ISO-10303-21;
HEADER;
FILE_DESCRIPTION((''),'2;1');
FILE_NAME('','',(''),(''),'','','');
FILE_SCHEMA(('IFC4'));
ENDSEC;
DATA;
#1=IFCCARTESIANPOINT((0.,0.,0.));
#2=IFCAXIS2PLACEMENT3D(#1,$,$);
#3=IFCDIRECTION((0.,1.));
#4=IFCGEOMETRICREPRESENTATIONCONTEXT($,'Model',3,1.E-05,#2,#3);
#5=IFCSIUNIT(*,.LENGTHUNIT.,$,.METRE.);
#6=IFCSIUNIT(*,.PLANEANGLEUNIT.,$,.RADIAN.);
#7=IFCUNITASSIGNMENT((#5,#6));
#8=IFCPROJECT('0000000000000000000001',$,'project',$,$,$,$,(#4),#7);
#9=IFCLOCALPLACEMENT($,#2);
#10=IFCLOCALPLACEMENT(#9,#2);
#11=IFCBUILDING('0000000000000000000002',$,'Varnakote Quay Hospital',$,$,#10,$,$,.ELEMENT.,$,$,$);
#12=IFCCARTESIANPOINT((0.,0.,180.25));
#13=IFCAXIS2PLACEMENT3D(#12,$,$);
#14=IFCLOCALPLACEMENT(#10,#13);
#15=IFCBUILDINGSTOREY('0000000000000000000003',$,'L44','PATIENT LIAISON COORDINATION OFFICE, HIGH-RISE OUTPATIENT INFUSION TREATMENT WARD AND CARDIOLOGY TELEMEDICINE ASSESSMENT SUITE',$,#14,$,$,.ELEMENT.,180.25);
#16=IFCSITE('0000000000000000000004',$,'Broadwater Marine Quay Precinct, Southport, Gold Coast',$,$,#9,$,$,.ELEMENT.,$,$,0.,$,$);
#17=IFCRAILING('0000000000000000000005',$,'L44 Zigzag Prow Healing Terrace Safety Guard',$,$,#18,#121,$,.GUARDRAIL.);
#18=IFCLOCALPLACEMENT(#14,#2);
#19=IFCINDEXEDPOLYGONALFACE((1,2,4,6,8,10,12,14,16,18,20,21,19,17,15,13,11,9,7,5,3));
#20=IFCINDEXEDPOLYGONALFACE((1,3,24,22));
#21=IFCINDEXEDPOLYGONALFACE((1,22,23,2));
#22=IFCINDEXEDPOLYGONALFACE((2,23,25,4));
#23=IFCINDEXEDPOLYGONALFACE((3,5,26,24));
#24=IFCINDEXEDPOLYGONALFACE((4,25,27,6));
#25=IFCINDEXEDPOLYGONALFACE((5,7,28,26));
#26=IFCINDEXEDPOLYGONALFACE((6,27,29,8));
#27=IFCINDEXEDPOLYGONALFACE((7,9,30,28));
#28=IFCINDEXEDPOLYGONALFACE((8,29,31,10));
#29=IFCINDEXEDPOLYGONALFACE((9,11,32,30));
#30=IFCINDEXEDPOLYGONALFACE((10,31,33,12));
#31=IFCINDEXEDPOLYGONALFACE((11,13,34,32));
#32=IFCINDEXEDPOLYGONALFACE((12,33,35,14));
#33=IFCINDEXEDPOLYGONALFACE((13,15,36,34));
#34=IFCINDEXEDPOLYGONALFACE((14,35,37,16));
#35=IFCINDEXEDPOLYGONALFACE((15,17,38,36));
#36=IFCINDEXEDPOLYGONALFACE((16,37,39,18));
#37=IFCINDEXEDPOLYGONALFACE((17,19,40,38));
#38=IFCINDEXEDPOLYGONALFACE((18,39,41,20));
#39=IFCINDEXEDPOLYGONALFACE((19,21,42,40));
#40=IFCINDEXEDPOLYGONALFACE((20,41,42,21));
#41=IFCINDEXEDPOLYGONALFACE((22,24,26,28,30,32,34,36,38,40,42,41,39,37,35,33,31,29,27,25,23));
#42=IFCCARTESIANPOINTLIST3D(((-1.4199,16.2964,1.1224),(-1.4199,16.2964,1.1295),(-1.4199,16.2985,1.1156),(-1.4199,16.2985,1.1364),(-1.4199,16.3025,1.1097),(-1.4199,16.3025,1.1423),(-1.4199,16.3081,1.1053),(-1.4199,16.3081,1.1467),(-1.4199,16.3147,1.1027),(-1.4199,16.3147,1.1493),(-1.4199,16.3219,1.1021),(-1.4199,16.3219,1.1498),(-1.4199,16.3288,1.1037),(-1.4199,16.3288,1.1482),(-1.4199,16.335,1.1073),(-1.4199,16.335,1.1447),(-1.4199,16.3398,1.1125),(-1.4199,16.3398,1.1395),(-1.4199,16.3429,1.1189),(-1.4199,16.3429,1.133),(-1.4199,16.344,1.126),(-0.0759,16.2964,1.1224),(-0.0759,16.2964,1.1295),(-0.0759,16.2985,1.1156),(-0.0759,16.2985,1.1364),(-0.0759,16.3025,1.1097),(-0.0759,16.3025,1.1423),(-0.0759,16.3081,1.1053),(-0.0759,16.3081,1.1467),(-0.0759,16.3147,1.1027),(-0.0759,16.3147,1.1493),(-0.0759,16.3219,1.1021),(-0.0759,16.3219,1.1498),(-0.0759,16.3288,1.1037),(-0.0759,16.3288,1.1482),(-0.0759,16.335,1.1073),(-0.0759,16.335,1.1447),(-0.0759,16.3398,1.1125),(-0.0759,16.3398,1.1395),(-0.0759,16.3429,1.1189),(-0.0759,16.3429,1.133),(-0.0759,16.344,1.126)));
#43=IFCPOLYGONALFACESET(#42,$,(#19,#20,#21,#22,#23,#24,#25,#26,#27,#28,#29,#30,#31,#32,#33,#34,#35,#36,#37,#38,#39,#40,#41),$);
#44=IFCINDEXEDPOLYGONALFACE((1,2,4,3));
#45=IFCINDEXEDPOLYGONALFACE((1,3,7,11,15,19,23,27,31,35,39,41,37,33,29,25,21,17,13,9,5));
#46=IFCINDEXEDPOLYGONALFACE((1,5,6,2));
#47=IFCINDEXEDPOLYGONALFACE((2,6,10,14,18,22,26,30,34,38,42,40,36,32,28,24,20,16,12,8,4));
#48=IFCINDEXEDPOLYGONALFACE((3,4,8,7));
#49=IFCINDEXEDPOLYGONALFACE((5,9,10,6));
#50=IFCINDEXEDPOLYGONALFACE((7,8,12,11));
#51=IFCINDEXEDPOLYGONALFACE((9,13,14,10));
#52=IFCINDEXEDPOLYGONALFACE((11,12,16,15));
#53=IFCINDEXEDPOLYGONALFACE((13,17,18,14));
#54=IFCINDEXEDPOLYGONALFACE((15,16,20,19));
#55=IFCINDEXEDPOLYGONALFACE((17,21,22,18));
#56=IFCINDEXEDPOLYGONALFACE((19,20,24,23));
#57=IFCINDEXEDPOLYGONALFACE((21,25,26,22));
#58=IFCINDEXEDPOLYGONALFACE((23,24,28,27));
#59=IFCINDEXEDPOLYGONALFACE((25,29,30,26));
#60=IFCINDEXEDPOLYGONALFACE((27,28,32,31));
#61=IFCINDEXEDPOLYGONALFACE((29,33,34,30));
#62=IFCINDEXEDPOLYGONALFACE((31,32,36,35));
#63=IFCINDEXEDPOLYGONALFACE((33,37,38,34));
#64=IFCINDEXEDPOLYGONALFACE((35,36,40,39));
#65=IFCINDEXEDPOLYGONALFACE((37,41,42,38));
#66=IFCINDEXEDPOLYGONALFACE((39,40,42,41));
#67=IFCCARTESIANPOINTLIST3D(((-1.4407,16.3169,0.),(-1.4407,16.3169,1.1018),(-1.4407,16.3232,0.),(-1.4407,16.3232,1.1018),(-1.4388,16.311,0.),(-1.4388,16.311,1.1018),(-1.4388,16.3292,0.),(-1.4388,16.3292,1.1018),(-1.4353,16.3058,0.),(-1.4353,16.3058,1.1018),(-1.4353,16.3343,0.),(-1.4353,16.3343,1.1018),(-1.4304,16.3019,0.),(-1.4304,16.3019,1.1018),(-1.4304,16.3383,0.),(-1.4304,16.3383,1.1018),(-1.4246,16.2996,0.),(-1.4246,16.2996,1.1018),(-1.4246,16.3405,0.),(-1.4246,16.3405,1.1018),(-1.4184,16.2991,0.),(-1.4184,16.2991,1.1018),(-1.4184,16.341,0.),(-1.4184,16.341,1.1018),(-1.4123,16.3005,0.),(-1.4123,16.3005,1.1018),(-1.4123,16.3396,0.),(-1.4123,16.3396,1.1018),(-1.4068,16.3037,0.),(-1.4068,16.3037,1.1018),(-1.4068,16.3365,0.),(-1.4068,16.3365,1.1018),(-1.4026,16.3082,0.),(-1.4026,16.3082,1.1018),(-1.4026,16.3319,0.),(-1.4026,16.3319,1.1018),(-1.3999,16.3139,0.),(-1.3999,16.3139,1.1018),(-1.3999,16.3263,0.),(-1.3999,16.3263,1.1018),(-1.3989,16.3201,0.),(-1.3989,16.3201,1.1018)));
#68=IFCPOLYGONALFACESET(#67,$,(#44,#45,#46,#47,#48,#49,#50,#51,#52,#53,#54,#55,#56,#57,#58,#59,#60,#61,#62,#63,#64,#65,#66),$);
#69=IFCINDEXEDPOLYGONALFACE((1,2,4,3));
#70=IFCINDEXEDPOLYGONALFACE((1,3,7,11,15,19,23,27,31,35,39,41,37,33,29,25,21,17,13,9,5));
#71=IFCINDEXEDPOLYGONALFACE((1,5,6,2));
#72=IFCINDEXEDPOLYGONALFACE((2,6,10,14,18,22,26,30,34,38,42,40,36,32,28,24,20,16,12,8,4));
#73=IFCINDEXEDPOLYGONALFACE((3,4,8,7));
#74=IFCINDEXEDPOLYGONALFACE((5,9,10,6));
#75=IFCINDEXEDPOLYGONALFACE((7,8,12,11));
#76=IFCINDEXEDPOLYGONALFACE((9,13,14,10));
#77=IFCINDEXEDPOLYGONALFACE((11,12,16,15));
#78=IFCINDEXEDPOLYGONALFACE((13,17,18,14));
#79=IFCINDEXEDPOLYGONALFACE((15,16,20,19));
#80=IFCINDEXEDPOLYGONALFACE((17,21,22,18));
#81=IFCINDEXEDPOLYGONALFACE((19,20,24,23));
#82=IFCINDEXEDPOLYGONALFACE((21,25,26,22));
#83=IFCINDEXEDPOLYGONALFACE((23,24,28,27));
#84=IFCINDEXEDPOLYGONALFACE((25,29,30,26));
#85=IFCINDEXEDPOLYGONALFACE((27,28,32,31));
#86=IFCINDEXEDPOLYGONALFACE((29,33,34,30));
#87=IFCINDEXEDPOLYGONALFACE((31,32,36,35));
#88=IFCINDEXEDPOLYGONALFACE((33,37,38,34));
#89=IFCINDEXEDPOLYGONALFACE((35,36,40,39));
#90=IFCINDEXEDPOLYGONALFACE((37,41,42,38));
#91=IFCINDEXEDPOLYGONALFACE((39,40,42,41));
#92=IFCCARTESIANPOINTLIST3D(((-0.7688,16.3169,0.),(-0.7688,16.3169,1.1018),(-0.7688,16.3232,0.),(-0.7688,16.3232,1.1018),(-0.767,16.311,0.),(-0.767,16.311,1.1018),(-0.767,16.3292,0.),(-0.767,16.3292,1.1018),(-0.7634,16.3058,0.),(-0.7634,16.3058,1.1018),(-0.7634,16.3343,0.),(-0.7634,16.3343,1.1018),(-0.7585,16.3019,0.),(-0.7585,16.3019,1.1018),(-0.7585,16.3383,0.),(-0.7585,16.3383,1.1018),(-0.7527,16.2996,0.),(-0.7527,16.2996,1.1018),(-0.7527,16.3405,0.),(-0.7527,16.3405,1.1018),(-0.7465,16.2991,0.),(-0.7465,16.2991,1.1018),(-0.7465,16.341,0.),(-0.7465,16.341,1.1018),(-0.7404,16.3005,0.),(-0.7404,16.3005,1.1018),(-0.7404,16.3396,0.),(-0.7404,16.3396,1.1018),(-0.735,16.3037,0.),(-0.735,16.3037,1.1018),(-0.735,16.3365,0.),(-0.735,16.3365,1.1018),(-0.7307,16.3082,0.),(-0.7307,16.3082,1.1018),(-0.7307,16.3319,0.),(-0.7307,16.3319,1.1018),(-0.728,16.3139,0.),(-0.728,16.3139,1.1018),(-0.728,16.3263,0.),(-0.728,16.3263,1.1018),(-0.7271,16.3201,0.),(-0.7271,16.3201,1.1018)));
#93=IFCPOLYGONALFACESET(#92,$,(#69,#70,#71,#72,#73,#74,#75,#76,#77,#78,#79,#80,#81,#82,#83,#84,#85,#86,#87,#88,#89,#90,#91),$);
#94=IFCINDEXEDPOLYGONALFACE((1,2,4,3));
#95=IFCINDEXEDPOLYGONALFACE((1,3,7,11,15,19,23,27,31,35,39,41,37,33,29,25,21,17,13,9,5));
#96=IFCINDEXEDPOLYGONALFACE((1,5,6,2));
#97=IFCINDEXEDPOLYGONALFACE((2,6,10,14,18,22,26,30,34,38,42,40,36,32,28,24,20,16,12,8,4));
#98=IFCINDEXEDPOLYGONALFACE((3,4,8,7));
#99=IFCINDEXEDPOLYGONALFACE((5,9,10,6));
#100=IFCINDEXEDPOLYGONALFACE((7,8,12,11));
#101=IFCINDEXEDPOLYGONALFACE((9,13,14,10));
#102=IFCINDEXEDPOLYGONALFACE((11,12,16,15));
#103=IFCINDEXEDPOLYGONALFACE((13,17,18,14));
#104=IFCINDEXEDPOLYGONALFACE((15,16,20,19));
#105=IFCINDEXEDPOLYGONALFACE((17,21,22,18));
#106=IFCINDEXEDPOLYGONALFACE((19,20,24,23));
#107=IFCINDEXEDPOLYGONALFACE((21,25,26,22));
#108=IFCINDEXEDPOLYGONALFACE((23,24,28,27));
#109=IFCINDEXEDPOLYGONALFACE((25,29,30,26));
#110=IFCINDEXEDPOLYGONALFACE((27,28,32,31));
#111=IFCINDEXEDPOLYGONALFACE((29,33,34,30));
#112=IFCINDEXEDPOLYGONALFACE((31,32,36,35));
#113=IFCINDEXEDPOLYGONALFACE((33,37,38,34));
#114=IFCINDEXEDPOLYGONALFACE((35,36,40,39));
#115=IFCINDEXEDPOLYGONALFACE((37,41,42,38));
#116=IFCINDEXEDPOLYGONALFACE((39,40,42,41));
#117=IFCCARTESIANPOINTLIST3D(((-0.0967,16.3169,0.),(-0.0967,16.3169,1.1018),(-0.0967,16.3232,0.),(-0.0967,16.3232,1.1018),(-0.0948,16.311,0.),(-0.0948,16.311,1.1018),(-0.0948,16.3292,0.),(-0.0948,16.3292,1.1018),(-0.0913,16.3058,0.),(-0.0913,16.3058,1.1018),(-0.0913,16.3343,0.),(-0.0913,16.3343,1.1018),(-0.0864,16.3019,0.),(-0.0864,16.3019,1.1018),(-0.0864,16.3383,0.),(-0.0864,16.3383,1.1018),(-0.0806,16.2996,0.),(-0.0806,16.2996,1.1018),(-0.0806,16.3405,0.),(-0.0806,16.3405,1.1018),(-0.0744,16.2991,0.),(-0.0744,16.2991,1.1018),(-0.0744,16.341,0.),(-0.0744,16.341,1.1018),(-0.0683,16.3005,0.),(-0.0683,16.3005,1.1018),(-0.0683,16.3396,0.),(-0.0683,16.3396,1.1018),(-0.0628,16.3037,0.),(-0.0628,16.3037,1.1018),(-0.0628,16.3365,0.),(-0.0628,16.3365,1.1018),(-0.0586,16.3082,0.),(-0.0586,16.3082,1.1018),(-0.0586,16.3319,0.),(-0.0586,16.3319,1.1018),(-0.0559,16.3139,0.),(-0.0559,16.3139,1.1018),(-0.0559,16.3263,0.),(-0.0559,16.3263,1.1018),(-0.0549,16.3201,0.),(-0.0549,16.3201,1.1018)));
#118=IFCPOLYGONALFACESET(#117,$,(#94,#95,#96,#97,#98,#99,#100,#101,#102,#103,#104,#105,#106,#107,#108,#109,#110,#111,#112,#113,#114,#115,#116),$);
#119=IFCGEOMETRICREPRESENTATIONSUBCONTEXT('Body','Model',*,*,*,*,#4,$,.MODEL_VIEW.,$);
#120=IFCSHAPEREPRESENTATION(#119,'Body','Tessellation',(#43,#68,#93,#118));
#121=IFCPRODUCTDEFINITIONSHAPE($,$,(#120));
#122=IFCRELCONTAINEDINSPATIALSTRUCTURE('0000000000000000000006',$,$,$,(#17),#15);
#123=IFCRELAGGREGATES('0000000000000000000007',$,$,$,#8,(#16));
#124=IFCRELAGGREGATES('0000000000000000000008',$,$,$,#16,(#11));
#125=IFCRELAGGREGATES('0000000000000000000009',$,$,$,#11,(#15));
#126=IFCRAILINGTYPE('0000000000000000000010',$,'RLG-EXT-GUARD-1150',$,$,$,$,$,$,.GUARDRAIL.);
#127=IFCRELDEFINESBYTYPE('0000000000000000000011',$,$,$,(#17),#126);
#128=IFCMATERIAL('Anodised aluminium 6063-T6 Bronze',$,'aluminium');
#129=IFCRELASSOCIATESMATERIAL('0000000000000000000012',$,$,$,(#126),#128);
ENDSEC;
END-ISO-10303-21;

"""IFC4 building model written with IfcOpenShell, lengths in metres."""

from ifc_helpers import new_model, si_unit, direction, frame, origin, origin_2d, place, context, subcontext, project, spatial, circle, extrude, material, type_object, element, save


model = new_model("IFC4")

# Units and contexts
model_context = context("Model", 3, precision=1e-05, world=origin(), true_north=direction((0.0, 1.0)))
body_context = subcontext(model_context, "Body", "Model", "MODEL_VIEW")
ifc_project = project(units=[si_unit("LENGTHUNIT", "METRE"), si_unit("PLANEANGLEUNIT", "RADIAN")], contexts=[model_context])

# Site, building, storey
site_placement = place(None, origin())
site = spatial("IfcSite", under=ifc_project, at=site_placement, Name="Broadwater Marine Quay Precinct, Southport, Gold Coast", CompositionType="ELEMENT", RefElevation=0.0)
building_placement = place(site_placement, origin())
building = spatial("IfcBuilding", under=site, at=building_placement, Name="Varnakote Quay Hospital", CompositionType="ELEMENT")
storey_placement = place(building_placement, frame((0.0, 0.0, 180.25)))
storey = spatial("IfcBuildingStorey", under=building, at=storey_placement, Name="L44", Description="PATIENT LIAISON COORDINATION OFFICE, HIGH-RISE OUTPATIENT INFUSION TREATMENT WARD AND CARDIOLOGY TELEMEDICINE ASSESSMENT SUITE", CompositionType="ELEMENT", Elevation=180.25)

# Railing
ifc_material_1 = material(Name="Anodised aluminium 6063-T6 Bronze", Category="aluminium")
railing_type = type_object("IfcRailingType", Name="RLG-EXT-GUARD-1150", PredefinedType="GUARDRAIL", material=ifc_material_1)
railing_1_placement = place(storey_placement, frame((-1.4199, 16.3201, 0.0)))
element("IfcRailing", 1, at=railing_1_placement, inside=storey, type_object=railing_type, Name="L44 Zigzag Prow Healing Terrace Safety Guard", PredefinedType="GUARDRAIL", context=body_context, shape_type="SweptSolid", body=[
    extrude(circle(Radius=0.0239, at=origin_2d()), frame((0.0, 0.0, 1.126), z_axis=(1.0, 0.0, 0.0), x_axis=(0.0, 1.0, 0.0)), (0.0, 0.0, 1.0), 1.344),
    extrude(circle(Radius=0.021, at=origin_2d()), origin(), (0.0, 0.0, 1.0), 1.1018),
    extrude(circle(Radius=0.021, at=origin_2d()), frame((0.6719, 0.0, 0.0)), (0.0, 0.0, 1.0), 1.1018),
    extrude(circle(Radius=0.021, at=origin_2d()), frame((1.344, 0.0, 0.0)), (0.0, 0.0, 1.0), 1.1018),
])

save(model, "model.ifc")
